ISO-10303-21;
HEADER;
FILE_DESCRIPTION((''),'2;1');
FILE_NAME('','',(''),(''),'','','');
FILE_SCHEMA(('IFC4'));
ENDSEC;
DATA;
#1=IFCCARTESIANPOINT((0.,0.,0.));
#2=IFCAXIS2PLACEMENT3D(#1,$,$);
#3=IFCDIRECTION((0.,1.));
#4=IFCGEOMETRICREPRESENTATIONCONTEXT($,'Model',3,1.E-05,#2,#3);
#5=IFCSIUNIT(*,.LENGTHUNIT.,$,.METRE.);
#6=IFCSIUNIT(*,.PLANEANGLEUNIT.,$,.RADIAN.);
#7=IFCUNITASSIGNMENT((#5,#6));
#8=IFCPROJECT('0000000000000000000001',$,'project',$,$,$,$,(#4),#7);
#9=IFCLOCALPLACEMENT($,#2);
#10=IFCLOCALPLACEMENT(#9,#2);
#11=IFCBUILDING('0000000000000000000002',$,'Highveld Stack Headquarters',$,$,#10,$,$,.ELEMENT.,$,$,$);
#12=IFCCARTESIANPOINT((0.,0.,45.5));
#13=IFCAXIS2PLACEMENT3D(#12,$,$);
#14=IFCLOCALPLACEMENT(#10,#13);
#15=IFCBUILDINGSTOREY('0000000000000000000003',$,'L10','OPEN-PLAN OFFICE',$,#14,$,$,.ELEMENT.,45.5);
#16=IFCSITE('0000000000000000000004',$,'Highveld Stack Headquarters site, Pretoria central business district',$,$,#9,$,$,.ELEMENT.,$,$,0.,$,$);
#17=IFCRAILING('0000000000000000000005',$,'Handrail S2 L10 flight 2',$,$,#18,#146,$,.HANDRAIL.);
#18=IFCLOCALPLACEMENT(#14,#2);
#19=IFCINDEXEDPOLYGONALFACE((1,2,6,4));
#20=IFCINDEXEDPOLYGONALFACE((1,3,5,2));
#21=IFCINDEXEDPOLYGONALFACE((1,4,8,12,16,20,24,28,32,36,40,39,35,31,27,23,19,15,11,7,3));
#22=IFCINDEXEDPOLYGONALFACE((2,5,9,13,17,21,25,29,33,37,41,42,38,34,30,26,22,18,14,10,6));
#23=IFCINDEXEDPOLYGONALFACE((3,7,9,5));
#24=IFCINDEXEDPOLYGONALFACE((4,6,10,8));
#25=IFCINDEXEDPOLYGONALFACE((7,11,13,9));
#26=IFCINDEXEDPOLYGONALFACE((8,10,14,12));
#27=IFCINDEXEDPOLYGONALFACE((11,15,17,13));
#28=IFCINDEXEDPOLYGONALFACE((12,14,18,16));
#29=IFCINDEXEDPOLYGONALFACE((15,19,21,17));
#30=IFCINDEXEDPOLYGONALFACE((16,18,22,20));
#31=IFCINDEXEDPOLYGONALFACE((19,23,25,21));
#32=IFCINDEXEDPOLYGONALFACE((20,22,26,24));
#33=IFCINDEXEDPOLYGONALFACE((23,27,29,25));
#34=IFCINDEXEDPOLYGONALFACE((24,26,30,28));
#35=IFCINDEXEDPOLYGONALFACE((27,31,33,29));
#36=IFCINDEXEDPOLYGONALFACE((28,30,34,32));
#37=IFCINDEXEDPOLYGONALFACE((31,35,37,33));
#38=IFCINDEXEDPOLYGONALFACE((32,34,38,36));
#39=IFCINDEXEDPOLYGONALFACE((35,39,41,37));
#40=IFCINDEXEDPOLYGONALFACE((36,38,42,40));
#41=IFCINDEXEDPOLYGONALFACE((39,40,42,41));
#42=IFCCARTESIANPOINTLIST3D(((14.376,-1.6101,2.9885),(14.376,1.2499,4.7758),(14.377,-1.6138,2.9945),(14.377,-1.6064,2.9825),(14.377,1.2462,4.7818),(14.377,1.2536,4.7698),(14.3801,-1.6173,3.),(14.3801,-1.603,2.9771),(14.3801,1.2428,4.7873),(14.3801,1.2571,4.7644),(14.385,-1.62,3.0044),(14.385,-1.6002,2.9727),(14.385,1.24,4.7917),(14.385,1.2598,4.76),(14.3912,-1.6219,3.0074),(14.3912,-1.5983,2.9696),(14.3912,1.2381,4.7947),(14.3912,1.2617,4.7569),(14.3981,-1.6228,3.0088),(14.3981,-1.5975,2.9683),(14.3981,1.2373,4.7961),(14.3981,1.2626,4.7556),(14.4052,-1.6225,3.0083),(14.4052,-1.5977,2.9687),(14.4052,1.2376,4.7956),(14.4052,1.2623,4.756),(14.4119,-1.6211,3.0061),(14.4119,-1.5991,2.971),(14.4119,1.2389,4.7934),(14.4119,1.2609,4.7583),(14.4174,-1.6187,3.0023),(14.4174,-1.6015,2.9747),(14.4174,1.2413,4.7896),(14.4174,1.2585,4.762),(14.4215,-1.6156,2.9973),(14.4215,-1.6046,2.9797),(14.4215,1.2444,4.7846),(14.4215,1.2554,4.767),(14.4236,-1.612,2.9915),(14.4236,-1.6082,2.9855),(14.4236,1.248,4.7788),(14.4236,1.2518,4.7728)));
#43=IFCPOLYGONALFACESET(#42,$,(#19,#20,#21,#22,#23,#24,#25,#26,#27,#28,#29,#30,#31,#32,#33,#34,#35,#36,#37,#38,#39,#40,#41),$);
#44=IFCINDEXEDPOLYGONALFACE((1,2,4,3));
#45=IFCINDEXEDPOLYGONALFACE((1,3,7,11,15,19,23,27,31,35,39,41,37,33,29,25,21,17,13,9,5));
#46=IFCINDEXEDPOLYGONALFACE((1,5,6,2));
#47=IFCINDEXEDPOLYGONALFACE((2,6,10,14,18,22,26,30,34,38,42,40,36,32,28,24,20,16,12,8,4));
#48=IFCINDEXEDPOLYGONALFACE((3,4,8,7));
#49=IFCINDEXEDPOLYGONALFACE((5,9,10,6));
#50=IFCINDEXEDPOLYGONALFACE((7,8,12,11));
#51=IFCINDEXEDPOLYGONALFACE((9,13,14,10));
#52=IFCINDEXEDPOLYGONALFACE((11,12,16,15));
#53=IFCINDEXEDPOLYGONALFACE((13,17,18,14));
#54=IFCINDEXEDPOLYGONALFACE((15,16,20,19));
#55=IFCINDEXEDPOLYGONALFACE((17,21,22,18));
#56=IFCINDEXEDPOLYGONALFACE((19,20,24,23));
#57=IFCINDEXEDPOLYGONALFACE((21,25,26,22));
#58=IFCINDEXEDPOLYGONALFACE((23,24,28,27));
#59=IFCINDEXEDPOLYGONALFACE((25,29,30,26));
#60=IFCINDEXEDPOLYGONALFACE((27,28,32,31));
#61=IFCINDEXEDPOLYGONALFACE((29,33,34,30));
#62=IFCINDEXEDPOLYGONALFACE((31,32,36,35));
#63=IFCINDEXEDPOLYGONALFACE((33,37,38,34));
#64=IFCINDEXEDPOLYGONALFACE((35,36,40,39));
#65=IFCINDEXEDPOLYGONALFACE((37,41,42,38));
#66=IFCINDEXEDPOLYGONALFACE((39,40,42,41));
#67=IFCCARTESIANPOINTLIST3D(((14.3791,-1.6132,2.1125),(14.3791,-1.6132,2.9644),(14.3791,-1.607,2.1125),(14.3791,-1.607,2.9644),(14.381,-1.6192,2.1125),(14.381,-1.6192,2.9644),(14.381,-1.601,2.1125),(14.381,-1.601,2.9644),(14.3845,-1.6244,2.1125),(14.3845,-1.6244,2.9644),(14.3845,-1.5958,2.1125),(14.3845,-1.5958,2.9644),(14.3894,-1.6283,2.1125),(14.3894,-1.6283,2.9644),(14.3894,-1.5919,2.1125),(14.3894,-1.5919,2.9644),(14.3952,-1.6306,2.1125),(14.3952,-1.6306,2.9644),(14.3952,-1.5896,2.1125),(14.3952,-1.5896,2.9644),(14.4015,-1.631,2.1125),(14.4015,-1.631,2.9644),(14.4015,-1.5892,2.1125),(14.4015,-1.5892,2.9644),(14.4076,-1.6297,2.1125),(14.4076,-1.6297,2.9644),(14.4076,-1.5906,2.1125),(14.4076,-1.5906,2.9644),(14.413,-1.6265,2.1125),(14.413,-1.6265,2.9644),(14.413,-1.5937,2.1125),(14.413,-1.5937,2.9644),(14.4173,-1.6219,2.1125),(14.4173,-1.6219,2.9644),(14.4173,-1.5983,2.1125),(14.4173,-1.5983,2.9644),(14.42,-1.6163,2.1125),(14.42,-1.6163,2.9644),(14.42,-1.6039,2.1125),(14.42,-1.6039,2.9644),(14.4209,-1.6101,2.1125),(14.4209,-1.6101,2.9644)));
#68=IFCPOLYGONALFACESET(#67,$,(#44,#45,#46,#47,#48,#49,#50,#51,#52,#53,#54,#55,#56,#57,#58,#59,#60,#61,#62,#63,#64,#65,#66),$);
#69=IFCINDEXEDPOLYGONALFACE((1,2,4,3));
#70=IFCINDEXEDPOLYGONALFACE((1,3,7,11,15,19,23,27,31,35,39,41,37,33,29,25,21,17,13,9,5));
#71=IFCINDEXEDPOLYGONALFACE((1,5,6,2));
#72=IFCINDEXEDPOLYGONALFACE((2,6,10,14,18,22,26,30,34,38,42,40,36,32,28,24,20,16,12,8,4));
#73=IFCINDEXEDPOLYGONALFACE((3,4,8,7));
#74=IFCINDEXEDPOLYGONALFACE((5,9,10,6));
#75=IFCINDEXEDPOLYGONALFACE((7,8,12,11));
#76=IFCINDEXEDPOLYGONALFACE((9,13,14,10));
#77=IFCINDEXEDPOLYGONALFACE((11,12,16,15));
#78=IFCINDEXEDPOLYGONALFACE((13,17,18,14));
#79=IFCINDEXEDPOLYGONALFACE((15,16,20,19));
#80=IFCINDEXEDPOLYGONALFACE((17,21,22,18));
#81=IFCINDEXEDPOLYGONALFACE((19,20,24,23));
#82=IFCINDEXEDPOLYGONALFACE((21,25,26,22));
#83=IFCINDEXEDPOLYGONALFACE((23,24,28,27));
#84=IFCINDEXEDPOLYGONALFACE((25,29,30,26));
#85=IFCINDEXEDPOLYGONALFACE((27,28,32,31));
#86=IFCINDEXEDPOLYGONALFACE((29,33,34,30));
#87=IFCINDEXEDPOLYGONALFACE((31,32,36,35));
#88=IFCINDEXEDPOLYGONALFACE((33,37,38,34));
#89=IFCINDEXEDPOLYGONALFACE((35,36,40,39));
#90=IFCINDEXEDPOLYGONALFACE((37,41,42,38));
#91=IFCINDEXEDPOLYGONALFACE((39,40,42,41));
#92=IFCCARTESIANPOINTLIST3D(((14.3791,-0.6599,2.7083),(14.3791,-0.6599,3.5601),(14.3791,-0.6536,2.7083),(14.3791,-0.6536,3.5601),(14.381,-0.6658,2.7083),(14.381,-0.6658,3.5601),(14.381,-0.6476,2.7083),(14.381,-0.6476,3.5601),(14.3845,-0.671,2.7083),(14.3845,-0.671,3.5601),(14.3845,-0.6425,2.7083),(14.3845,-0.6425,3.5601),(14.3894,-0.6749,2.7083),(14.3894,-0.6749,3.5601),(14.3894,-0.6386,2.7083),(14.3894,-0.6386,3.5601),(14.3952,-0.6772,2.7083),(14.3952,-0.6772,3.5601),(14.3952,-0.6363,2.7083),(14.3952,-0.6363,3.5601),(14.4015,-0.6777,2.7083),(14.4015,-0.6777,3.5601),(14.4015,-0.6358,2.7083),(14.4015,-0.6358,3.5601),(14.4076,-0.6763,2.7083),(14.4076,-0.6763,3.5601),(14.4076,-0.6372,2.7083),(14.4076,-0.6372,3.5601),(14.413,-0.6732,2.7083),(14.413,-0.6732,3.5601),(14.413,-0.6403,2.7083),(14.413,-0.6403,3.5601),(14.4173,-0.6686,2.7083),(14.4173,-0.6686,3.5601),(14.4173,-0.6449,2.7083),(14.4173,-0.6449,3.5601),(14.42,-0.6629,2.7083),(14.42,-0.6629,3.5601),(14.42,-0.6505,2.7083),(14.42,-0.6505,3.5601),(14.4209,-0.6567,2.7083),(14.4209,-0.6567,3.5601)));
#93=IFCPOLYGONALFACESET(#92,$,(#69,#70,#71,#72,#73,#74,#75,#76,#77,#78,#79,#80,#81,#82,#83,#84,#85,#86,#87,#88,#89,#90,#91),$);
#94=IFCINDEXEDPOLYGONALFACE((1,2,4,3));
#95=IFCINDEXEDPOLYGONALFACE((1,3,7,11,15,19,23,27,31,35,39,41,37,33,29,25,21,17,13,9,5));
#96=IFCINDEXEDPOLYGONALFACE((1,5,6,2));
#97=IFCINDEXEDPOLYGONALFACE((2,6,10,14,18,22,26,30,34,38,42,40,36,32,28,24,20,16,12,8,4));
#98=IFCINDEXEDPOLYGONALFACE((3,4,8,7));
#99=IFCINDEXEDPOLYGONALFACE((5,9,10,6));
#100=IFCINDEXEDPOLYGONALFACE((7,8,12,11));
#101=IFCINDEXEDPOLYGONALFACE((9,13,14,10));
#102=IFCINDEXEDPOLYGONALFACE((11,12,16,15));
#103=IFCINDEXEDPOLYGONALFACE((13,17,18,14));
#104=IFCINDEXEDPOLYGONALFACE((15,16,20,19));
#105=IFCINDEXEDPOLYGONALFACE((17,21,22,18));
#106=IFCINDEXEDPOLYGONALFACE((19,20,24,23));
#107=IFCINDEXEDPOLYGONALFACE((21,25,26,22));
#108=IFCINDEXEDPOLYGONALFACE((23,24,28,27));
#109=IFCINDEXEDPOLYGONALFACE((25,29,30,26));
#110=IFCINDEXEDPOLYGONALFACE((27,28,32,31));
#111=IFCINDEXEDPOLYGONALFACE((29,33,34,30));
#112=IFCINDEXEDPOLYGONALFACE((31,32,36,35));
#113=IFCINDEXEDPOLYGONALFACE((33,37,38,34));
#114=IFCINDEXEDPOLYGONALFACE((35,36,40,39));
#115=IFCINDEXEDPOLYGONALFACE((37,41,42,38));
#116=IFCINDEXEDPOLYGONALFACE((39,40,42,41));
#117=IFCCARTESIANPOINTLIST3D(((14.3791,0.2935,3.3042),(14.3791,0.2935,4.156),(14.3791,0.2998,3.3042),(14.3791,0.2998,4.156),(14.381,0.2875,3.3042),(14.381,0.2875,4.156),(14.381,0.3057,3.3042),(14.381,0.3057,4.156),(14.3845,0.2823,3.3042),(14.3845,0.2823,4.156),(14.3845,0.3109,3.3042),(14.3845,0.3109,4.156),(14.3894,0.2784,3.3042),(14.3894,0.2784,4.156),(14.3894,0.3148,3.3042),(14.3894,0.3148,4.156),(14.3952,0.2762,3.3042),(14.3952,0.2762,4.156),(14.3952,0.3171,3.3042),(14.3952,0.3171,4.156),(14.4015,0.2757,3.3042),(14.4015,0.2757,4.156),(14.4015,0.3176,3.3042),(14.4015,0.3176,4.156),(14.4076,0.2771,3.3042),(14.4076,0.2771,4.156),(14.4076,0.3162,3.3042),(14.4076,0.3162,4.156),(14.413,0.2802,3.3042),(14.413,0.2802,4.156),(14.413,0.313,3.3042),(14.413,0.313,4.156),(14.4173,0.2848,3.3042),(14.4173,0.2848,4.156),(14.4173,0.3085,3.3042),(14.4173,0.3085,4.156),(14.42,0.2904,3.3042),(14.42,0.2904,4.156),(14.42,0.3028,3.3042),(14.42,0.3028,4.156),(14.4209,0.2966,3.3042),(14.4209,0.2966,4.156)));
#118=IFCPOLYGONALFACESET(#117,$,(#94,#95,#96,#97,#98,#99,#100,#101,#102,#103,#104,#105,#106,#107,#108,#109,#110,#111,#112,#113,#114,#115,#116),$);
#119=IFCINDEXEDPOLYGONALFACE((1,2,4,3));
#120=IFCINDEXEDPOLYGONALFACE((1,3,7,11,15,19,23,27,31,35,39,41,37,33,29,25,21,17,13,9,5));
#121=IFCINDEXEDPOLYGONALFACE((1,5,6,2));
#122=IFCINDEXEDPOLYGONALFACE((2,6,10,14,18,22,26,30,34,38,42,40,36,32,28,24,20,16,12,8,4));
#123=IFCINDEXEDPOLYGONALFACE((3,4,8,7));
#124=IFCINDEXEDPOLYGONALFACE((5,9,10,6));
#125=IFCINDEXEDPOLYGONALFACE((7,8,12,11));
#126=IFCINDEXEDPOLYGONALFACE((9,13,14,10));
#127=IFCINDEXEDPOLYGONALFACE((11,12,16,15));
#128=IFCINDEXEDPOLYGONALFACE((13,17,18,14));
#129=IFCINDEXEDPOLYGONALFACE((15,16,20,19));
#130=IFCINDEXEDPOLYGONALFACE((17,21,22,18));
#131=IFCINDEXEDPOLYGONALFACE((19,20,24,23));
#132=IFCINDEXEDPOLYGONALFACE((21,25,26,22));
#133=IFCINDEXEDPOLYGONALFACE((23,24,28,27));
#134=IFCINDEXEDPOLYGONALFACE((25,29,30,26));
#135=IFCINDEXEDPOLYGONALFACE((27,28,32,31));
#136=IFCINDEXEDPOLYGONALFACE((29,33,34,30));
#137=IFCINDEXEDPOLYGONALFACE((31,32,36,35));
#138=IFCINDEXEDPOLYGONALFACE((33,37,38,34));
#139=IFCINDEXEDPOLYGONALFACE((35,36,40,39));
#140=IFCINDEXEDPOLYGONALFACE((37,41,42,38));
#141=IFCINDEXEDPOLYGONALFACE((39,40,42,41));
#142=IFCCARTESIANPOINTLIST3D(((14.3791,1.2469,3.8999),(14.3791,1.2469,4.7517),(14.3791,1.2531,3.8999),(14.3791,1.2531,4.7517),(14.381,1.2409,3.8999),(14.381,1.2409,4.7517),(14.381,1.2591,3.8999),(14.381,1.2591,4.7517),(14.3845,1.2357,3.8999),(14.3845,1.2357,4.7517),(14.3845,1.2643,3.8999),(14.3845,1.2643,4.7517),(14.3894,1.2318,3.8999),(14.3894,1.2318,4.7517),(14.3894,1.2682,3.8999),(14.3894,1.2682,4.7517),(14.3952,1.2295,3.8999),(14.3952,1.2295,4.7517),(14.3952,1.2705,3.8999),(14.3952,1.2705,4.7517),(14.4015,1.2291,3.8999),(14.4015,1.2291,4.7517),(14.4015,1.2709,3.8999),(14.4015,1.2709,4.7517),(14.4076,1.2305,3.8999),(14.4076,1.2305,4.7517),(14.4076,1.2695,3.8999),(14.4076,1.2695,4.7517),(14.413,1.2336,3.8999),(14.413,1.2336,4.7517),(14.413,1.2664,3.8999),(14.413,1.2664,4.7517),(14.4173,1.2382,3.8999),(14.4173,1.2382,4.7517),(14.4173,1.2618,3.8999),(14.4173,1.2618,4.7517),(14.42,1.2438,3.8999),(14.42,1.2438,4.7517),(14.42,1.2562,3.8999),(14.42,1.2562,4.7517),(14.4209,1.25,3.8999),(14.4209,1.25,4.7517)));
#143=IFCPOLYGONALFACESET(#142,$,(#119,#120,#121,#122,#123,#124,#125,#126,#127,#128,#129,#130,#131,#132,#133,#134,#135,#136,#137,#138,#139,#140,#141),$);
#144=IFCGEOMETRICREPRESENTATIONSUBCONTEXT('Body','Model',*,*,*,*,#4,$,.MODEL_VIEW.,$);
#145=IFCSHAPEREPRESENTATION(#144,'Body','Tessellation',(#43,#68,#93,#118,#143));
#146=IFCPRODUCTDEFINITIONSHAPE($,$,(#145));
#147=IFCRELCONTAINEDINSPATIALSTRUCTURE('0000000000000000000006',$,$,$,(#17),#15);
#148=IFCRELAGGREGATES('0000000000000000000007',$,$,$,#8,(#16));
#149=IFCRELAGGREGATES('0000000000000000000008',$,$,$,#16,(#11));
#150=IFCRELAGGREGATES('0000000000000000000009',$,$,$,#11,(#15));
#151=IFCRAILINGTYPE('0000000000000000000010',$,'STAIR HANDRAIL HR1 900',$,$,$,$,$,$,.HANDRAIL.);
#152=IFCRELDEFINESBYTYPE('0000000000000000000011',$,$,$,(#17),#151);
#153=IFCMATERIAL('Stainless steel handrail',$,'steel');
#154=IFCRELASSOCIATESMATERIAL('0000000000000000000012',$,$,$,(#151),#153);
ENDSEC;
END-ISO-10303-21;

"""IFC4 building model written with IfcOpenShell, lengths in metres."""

from ifc_helpers import new_model, si_unit, direction, frame, origin, origin_2d, place, context, subcontext, project, spatial, circle, extrude, material, type_object, element, save


model = new_model("IFC4")

# Units and contexts
model_context = context("Model", 3, precision=1e-05, world=origin(), true_north=direction((0.0, 1.0)))
body_context = subcontext(model_context, "Body", "Model", "MODEL_VIEW")
ifc_project = project(units=[si_unit("LENGTHUNIT", "METRE"), si_unit("PLANEANGLEUNIT", "RADIAN")], contexts=[model_context])

# Site, building, storey
site_placement = place(None, origin())
site = spatial("IfcSite", under=ifc_project, at=site_placement, Name="Highveld Stack Headquarters site, Pretoria central business district", CompositionType="ELEMENT", RefElevation=0.0)
building_placement = place(site_placement, origin())
building = spatial("IfcBuilding", under=site, at=building_placement, Name="Highveld Stack Headquarters", CompositionType="ELEMENT")
storey_placement = place(building_placement, frame((0.0, 0.0, 45.5)))
storey = spatial("IfcBuildingStorey", under=building, at=storey_placement, Name="L10", Description="OPEN-PLAN OFFICE", CompositionType="ELEMENT", Elevation=45.5)

# Railing
ifc_material_1 = material(Name="Stainless steel handrail", Category="steel")
railing_type = type_object("IfcRailingType", Name="STAIR HANDRAIL HR1 900", PredefinedType="HANDRAIL", material=ifc_material_1)
for number, where, name in (
    (1, (14.3999, -1.6101, 2.1125), "Handrail S2 L10 flight 2"),
):
    element("IfcRailing", number, at=place(storey_placement, frame(where)), inside=storey, type_object=railing_type, Name=name, PredefinedType="HANDRAIL", context=body_context, shape_type="SweptSolid", body=[
        extrude(circle(Radius=0.0239, at=origin_2d()), frame((0.0, 0.0, 0.876), z_axis=(0.0, 0.848027, 0.529953), x_axis=(-1.0, 0.0, 0.0)), (0.0, 0.0, 1.0), 3.3726),
        extrude(circle(Radius=0.021, at=origin_2d()), origin(), (0.0, 0.0, 1.0), 0.8518),
        extrude(circle(Radius=0.021, at=origin_2d()), frame((0.0, 0.9534, 0.5957)), (0.0, 0.0, 1.0), 0.8518),
        extrude(circle(Radius=0.021, at=origin_2d()), frame((0.0, 1.9067, 1.1917)), (0.0, 0.0, 1.0), 0.8518),
        extrude(circle(Radius=0.021, at=origin_2d()), frame((0.0, 2.8601, 1.7874)), (0.0, 0.0, 1.0), 0.8518),
    ])

save(model, "model.ifc")
